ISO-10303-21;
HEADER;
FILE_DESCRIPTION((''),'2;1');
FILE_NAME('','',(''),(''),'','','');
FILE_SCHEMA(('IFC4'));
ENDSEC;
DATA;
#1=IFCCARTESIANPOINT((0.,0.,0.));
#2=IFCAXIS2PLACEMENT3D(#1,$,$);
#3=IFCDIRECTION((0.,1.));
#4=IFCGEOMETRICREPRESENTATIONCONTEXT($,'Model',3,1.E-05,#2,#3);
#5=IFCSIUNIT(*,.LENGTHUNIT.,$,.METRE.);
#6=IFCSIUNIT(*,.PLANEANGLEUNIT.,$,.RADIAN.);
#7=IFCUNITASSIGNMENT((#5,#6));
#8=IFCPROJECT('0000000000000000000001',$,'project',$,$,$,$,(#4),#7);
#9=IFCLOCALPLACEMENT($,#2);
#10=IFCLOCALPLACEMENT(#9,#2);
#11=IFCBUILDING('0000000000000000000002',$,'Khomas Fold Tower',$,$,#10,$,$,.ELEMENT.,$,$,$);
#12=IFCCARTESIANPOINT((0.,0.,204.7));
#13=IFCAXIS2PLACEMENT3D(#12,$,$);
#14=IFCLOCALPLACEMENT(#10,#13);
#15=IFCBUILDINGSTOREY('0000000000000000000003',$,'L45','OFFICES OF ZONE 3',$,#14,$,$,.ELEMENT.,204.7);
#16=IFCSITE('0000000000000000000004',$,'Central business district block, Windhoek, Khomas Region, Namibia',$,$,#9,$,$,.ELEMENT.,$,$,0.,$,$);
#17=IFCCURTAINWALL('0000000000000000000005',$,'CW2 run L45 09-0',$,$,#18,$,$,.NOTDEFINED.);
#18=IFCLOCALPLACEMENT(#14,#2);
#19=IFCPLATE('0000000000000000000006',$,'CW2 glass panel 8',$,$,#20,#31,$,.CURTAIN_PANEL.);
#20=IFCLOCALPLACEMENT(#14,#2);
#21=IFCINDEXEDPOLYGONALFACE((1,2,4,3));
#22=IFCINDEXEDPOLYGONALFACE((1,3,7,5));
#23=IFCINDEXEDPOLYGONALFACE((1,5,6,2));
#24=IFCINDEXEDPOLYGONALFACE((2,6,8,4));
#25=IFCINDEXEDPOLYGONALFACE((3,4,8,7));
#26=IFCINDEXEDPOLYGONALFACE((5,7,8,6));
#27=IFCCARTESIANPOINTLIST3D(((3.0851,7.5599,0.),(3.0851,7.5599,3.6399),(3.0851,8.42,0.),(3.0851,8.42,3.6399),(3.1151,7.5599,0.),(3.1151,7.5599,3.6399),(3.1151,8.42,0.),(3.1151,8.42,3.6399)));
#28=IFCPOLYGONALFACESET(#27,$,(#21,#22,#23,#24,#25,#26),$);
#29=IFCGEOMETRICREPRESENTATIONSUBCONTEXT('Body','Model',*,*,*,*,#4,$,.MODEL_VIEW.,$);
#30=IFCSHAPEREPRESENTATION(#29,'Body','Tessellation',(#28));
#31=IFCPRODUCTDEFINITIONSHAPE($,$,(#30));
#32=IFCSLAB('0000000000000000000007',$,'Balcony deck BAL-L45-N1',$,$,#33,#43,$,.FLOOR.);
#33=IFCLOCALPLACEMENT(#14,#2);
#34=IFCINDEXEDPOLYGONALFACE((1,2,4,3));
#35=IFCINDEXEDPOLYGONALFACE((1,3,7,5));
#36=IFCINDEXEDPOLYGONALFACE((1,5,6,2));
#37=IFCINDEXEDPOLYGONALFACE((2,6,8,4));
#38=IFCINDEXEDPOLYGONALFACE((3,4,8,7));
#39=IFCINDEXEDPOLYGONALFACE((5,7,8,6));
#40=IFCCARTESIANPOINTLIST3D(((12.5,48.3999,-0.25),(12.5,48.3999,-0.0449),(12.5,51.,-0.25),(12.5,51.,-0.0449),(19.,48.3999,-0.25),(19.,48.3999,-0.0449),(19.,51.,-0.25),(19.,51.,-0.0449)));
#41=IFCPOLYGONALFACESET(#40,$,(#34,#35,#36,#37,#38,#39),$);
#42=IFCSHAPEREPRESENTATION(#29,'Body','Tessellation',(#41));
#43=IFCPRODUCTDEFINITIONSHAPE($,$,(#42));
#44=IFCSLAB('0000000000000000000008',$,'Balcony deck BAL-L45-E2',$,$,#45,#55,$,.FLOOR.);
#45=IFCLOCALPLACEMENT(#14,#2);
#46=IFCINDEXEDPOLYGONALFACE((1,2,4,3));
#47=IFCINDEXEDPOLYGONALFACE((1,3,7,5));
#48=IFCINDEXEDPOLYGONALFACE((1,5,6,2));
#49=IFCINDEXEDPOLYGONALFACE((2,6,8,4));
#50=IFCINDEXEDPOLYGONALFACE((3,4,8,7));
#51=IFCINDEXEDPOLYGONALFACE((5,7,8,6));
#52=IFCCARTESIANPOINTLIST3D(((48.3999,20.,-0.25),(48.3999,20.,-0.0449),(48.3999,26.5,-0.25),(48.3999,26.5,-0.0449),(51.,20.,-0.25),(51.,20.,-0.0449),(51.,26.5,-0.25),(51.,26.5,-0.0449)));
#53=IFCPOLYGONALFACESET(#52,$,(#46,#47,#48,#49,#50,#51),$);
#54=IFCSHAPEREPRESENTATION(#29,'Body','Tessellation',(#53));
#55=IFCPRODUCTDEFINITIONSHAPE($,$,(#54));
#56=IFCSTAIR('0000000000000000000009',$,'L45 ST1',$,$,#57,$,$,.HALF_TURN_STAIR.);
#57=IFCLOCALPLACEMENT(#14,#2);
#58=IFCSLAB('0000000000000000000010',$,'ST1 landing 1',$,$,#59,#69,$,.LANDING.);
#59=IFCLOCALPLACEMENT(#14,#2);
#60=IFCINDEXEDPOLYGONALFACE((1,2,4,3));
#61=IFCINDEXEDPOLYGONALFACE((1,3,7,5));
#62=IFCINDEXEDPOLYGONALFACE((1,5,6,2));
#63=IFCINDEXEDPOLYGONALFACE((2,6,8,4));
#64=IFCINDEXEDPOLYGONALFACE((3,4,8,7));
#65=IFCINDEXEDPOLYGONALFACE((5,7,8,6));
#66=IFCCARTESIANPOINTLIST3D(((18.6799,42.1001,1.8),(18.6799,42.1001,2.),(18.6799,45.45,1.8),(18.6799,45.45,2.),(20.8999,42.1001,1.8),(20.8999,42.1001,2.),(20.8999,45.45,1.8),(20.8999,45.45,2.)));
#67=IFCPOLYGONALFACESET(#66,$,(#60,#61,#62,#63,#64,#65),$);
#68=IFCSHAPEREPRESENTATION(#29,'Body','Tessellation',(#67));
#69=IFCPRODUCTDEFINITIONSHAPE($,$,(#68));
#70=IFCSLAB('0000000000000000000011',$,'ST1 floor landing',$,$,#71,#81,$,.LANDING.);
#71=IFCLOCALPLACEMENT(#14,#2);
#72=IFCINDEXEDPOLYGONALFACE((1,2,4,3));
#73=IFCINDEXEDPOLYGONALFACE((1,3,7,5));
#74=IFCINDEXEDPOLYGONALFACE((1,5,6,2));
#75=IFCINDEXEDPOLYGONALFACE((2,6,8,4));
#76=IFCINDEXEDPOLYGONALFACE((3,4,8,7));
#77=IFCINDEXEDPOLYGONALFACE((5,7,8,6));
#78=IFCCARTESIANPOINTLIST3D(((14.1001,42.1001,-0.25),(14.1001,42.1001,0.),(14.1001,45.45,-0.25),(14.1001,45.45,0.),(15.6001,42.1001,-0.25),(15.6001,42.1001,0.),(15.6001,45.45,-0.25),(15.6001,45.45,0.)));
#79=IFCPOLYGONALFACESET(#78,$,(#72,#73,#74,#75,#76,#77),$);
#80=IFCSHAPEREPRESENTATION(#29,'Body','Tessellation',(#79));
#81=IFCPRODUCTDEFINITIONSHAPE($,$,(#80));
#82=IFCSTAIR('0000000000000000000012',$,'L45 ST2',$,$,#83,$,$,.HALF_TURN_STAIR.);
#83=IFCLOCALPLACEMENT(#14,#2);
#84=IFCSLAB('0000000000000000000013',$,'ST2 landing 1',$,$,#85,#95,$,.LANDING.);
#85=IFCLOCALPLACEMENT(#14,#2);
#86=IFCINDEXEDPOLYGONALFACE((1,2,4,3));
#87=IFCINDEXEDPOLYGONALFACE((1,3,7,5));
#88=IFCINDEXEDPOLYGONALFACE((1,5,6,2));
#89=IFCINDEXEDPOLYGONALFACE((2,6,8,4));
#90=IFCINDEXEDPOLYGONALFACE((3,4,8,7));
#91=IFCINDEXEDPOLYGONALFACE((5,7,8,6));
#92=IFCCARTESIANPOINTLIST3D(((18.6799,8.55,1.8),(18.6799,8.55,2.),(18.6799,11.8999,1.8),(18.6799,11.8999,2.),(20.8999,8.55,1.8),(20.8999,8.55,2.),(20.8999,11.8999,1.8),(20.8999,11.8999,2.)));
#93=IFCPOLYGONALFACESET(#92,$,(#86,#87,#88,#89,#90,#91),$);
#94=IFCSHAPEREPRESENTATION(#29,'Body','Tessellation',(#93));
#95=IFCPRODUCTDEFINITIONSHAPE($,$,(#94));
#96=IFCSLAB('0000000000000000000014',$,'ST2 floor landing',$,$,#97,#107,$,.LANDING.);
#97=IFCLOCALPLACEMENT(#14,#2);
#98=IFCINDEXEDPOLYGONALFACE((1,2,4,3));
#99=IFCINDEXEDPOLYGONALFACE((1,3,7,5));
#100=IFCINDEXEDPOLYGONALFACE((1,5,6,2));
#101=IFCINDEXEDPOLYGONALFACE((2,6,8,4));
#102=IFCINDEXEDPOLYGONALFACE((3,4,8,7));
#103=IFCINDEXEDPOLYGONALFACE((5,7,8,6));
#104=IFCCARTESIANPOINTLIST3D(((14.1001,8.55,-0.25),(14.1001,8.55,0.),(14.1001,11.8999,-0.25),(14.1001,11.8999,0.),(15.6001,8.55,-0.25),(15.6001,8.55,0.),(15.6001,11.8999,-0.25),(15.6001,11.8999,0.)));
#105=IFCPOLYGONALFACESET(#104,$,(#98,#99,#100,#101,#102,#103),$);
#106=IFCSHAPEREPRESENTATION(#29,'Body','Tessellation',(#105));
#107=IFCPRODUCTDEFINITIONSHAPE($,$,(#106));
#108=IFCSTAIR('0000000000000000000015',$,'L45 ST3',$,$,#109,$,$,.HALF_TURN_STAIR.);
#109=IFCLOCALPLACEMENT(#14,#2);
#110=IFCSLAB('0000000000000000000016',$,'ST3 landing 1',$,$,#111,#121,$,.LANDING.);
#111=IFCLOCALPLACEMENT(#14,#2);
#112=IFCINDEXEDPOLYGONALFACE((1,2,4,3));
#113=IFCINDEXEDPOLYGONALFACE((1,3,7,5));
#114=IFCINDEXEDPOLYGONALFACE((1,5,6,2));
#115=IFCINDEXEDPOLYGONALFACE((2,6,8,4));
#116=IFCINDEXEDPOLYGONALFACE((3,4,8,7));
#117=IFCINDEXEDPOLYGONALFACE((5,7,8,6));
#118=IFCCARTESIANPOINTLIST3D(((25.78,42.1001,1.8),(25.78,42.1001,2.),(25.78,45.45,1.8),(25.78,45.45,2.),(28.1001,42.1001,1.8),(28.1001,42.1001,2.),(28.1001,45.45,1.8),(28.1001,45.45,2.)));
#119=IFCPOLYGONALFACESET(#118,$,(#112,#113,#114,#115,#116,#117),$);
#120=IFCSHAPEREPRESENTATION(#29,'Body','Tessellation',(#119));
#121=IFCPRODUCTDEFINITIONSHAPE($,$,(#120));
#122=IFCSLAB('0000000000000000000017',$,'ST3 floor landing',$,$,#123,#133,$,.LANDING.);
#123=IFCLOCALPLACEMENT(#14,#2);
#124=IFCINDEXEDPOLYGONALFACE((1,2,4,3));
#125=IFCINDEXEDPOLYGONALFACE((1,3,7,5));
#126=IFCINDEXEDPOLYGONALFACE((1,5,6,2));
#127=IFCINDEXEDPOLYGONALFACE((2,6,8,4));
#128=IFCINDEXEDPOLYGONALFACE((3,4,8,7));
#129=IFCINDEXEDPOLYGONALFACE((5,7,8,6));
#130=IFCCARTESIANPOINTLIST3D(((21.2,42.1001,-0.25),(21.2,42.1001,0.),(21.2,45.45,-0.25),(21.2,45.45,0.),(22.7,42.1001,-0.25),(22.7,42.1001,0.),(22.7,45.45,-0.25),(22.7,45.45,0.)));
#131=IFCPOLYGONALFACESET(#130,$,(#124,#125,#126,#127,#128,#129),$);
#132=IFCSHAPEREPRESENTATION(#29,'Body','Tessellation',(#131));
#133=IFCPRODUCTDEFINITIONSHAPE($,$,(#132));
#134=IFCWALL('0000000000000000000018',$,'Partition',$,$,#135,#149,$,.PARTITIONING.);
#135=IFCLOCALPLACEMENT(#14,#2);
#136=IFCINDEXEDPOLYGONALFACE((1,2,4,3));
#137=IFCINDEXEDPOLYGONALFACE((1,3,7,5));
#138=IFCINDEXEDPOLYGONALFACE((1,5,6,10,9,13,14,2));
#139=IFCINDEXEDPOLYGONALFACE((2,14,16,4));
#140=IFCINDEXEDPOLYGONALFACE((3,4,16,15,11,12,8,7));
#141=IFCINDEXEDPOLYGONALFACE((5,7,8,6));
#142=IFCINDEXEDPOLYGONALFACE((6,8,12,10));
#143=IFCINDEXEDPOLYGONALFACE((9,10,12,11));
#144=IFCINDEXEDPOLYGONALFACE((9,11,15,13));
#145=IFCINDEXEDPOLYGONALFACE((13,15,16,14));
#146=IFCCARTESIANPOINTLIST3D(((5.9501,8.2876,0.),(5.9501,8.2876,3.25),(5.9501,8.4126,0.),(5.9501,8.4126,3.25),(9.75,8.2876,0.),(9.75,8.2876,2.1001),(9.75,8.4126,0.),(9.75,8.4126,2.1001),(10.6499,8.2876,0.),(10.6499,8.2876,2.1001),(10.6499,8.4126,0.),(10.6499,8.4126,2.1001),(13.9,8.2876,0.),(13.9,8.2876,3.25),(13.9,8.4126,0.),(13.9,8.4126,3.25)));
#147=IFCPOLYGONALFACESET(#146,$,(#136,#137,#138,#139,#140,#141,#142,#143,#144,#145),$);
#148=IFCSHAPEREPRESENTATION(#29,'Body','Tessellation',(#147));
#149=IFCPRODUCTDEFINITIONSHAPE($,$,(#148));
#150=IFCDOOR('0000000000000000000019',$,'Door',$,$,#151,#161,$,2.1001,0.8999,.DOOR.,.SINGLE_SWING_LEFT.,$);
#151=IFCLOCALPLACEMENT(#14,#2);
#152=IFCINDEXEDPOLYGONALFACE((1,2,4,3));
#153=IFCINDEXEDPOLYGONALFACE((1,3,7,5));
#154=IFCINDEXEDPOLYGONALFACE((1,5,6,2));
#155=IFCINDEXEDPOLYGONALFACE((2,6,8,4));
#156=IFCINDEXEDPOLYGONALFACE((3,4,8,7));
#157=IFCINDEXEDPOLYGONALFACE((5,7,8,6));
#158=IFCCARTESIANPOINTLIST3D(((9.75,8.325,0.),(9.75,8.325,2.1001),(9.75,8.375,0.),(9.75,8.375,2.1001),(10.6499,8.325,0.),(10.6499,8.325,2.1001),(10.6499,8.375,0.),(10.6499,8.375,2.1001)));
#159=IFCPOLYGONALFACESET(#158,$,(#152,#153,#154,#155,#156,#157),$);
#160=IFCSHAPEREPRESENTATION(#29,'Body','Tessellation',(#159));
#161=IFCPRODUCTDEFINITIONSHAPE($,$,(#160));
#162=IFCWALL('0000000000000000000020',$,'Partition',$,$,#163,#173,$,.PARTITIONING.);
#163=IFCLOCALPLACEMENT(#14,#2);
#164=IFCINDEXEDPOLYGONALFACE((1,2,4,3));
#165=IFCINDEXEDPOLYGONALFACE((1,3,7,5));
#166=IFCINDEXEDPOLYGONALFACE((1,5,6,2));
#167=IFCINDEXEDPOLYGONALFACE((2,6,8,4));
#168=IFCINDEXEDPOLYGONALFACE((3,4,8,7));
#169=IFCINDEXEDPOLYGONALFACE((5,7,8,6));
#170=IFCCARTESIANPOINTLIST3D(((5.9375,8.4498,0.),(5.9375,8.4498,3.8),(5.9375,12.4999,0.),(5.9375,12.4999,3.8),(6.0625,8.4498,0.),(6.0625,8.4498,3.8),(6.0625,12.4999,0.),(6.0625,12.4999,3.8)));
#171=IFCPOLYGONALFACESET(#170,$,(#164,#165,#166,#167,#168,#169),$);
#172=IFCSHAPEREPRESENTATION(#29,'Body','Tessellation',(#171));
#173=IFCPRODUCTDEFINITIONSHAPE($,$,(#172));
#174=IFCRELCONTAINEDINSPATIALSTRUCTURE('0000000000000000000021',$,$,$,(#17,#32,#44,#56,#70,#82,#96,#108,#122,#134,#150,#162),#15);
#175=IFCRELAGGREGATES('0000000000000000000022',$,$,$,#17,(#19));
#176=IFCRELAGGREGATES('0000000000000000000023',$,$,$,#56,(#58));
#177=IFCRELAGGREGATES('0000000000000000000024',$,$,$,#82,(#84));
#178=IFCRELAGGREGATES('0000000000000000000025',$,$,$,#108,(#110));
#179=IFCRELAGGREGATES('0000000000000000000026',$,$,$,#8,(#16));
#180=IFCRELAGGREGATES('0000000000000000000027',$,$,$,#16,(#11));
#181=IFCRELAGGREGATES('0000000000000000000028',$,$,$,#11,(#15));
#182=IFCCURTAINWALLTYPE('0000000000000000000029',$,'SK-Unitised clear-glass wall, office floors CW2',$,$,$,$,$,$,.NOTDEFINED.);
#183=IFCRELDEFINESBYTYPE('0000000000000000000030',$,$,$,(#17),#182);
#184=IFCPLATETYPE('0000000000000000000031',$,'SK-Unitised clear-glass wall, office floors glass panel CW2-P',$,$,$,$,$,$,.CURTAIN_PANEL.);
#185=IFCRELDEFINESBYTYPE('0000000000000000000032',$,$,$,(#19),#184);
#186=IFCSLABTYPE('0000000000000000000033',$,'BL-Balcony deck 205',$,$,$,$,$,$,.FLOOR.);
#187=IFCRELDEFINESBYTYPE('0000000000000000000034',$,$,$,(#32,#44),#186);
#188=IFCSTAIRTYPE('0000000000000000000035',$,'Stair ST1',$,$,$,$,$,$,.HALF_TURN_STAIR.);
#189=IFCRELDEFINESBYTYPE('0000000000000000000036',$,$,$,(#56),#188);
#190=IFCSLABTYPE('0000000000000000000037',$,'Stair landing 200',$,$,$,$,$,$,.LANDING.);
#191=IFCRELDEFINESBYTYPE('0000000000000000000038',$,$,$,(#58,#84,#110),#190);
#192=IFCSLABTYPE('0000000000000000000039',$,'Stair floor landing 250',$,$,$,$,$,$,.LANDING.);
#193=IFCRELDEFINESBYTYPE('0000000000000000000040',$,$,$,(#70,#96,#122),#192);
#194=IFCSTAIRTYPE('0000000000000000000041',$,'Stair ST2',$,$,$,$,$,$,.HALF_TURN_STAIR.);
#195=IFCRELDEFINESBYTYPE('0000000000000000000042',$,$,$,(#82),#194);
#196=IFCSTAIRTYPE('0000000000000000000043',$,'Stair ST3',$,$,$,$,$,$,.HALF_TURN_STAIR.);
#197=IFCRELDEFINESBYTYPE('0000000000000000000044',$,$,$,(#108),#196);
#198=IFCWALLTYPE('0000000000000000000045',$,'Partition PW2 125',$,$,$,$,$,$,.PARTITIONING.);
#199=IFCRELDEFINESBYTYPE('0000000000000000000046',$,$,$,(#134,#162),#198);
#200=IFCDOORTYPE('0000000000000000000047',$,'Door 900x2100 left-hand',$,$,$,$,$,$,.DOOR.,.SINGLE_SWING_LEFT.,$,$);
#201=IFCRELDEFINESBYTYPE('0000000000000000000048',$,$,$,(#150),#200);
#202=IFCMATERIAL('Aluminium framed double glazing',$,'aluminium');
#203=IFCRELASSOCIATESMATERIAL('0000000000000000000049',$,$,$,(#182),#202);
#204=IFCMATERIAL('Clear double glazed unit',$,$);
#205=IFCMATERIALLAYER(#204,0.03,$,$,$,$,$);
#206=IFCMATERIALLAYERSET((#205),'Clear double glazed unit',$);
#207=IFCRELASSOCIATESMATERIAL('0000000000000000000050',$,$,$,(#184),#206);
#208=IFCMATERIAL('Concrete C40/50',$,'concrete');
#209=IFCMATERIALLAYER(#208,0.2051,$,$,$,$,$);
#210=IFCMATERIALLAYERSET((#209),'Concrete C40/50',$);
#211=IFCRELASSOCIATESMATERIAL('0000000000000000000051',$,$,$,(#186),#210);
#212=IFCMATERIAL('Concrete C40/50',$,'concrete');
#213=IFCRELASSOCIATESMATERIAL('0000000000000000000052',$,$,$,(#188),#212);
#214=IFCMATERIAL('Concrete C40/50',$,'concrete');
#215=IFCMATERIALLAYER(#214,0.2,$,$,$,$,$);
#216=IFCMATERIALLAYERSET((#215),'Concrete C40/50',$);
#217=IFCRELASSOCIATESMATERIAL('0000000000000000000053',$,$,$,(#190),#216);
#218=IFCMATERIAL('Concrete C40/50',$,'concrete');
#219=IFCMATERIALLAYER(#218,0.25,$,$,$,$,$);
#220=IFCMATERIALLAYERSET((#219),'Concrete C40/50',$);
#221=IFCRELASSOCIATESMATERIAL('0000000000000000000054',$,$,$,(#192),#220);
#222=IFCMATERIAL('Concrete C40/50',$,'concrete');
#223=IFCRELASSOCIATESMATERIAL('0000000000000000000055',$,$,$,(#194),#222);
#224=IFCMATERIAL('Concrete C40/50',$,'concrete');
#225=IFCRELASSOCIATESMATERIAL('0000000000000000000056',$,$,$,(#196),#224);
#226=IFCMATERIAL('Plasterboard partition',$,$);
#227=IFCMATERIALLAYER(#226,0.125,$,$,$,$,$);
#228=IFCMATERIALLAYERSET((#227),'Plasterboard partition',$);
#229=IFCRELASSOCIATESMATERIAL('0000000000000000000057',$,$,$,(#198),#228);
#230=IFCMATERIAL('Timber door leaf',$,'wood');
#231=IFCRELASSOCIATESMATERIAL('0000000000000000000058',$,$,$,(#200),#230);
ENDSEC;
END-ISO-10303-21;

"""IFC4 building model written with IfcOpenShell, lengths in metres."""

from ifc_helpers import new_model, si_unit, direction, frame, frame_2d, origin, origin_2d, place, context, subcontext, project, spatial, polyline, rectangle, outline, extrude, source, transform, mapped, material, layer, layer_set, type_object, element, fill, aggregate, save


model = new_model("IFC4")

# Units and contexts
model_context = context("Model", 3, precision=1e-05, world=origin(), true_north=direction((0.0, 1.0)))
body_context = subcontext(model_context, "Body", "Model", "MODEL_VIEW")
ifc_project = project(units=[si_unit("LENGTHUNIT", "METRE"), si_unit("PLANEANGLEUNIT", "RADIAN")], contexts=[model_context])

# Site, building, storey
site_placement = place(None, origin())
site = spatial("IfcSite", under=ifc_project, at=site_placement, Name="Central business district block, Windhoek, Khomas Region, Namibia", CompositionType="ELEMENT", RefElevation=0.0)
building_placement = place(site_placement, origin())
building = spatial("IfcBuilding", under=site, at=building_placement, Name="Khomas Fold Tower", CompositionType="ELEMENT")
storey_placement = place(building_placement, frame((0.0, 0.0, 204.7)))
storey = spatial("IfcBuildingStorey", under=building, at=storey_placement, Name="L45", Description="OFFICES OF ZONE 3", CompositionType="ELEMENT", Elevation=204.7)

# Curtain wall
ifc_material_1 = material(Name="Aluminium framed double glazing", Category="aluminium")
curtain_wall_type = type_object("IfcCurtainWallType", Name="SK-Unitised clear-glass wall, office floors CW2", PredefinedType="NOTDEFINED", material=ifc_material_1)
curtain_wall_1_placement = place(storey_placement, origin())
curtain_wall_1 = element("IfcCurtainWall", 1, at=curtain_wall_1_placement, inside=storey, type_object=curtain_wall_type, Name="CW2 run L45 09-0", PredefinedType="NOTDEFINED")

# Plate
ifc_material_2 = material(Name="Clear double glazed unit")
ifc_layer_1 = layer(ifc_material_2, 0.03)
ifc_layer_set_1 = layer_set([ifc_layer_1], Name="Clear double glazed unit")
plate_type = type_object("IfcPlateType", Name="SK-Unitised clear-glass wall, office floors glass panel CW2-P", PredefinedType="CURTAIN_PANEL", material=ifc_layer_set_1)
shared_shape_1 = source(origin(), body_context, "Body", "SweptSolid", [
    extrude(rectangle(XDim=0.8601, YDim=0.03, at=origin_2d()), origin(), (0.0, 0.0, 1.0), 3.6399),
])
plate_1_placement = place(storey_placement, frame((3.1001, 7.99, 0.0), z_axis=(0.0, 0.0, 1.0), x_axis=(0.0, -1.0, 0.0)))
plate_1 = element("IfcPlate", 2, at=plate_1_placement, type_object=plate_type, Name="CW2 glass panel 8", PredefinedType="CURTAIN_PANEL", context=body_context, shape_type="MappedRepresentation", body=[
    mapped(shared_shape_1, transform((0.0, 0.0, 0.0))),
])
aggregate(curtain_wall_1, [plate_1])

# Slabs
ifc_material_3 = material(Name="Concrete C40/50", Category="concrete")
ifc_layer_2 = layer(ifc_material_3, 0.2051)
ifc_layer_set_2 = layer_set([ifc_layer_2], Name="Concrete C40/50")
slab_type_1 = type_object("IfcSlabType", Name="BL-Balcony deck 205", PredefinedType="FLOOR", material=ifc_layer_set_2)
shared_shape_2 = source(origin(), body_context, "Body", "SweptSolid", [
    extrude(outline(polyline([(12.5, 48.3999), (19.0, 48.3999), (19.0, 51.0), (12.5, 51.0), (12.5, 48.3999)])), origin(), (0.0, 0.0, 1.0), 0.2051),
])
slab_1_placement = place(storey_placement, frame((0.0, 0.0, -0.25)))
element("IfcSlab", 3, at=slab_1_placement, inside=storey, type_object=slab_type_1, Name="Balcony deck BAL-L45-N1", PredefinedType="FLOOR", context=body_context, shape_type="MappedRepresentation", body=[
    mapped(shared_shape_2, transform((0.0, 0.0, 0.0))),
])
shared_shape_3 = source(origin(), body_context, "Body", "SweptSolid", [
    extrude(outline(polyline([(48.3999, 20.0), (51.0, 20.0), (51.0, 26.5), (48.3999, 26.5), (48.3999, 20.0)])), origin(), (0.0, 0.0, 1.0), 0.2051),
])
slab_2_placement = place(storey_placement, frame((0.0, 0.0, -0.25)))
element("IfcSlab", 4, at=slab_2_placement, inside=storey, type_object=slab_type_1, Name="Balcony deck BAL-L45-E2", PredefinedType="FLOOR", context=body_context, shape_type="MappedRepresentation", body=[
    mapped(shared_shape_3, transform((0.0, 0.0, 0.0))),
])

# Stair, slab
ifc_material_4 = material(Name="Concrete C40/50", Category="concrete")
stair_type_1 = type_object("IfcStairType", Name="Stair ST1", PredefinedType="HALF_TURN_STAIR", material=ifc_material_4)
stair_1_placement = place(storey_placement, origin())
stair_1 = element("IfcStair", 5, at=stair_1_placement, inside=storey, type_object=stair_type_1, Name="L45 ST1", PredefinedType="HALF_TURN_STAIR")
ifc_material_5 = material(Name="Concrete C40/50", Category="concrete")
ifc_layer_3 = layer(ifc_material_5, 0.2)
ifc_layer_set_3 = layer_set([ifc_layer_3], Name="Concrete C40/50")
slab_type_2 = type_object("IfcSlabType", Name="Stair landing 200", PredefinedType="LANDING", material=ifc_layer_set_3)
shared_shape_4 = source(origin(), body_context, "Body", "SweptSolid", [
    extrude(outline(polyline([(18.6799, 42.1001), (20.8999, 42.1001), (20.8999, 45.45), (18.6799, 45.45), (18.6799, 42.1001)])), origin(), (0.0, 0.0, 1.0), 0.2),
])
slab_3_placement = place(storey_placement, frame((0.0, 0.0, 1.8)))
slab_3 = element("IfcSlab", 6, at=slab_3_placement, type_object=slab_type_2, Name="ST1 landing 1", PredefinedType="LANDING", context=body_context, shape_type="MappedRepresentation", body=[
    mapped(shared_shape_4, transform((0.0, 0.0, 0.0))),
])
aggregate(stair_1, [slab_3])

# Slab
ifc_material_6 = material(Name="Concrete C40/50", Category="concrete")
ifc_layer_4 = layer(ifc_material_6, 0.25)
ifc_layer_set_4 = layer_set([ifc_layer_4], Name="Concrete C40/50")
slab_type_3 = type_object("IfcSlabType", Name="Stair floor landing 250", PredefinedType="LANDING", material=ifc_layer_set_4)
shared_shape_5 = source(origin(), body_context, "Body", "SweptSolid", [
    extrude(outline(polyline([(15.6001, 42.1001), (14.1001, 42.1001), (14.1001, 45.45), (15.6001, 45.45), (15.6001, 42.1001)])), origin(), (0.0, 0.0, 1.0), 0.25),
])
slab_4_placement = place(storey_placement, frame((0.0, 0.0, -0.25)))
element("IfcSlab", 7, at=slab_4_placement, inside=storey, type_object=slab_type_3, Name="ST1 floor landing", PredefinedType="LANDING", context=body_context, shape_type="MappedRepresentation", body=[
    mapped(shared_shape_5, transform((0.0, 0.0, 0.0))),
])

# Stair, slab
ifc_material_7 = material(Name="Concrete C40/50", Category="concrete")
stair_type_2 = type_object("IfcStairType", Name="Stair ST2", PredefinedType="HALF_TURN_STAIR", material=ifc_material_7)
stair_2_placement = place(storey_placement, origin())
stair_2 = element("IfcStair", 8, at=stair_2_placement, inside=storey, type_object=stair_type_2, Name="L45 ST2", PredefinedType="HALF_TURN_STAIR")
shared_shape_6 = source(origin(), body_context, "Body", "SweptSolid", [
    extrude(outline(polyline([(18.6799, 8.55), (20.8999, 8.55), (20.8999, 11.8999), (18.6799, 11.8999), (18.6799, 8.55)])), origin(), (0.0, 0.0, 1.0), 0.2),
])
slab_5_placement = place(storey_placement, frame((0.0, 0.0, 1.8)))
slab_5 = element("IfcSlab", 9, at=slab_5_placement, type_object=slab_type_2, Name="ST2 landing 1", PredefinedType="LANDING", context=body_context, shape_type="MappedRepresentation", body=[
    mapped(shared_shape_6, transform((0.0, 0.0, 0.0))),
])
aggregate(stair_2, [slab_5])

# Slab
shared_shape_7 = source(origin(), body_context, "Body", "SweptSolid", [
    extrude(outline(polyline([(15.6001, 8.55), (14.1001, 8.55), (14.1001, 11.8999), (15.6001, 11.8999), (15.6001, 8.55)])), origin(), (0.0, 0.0, 1.0), 0.25),
])
slab_6_placement = place(storey_placement, frame((0.0, 0.0, -0.25)))
element("IfcSlab", 10, at=slab_6_placement, inside=storey, type_object=slab_type_3, Name="ST2 floor landing", PredefinedType="LANDING", context=body_context, shape_type="MappedRepresentation", body=[
    mapped(shared_shape_7, transform((0.0, 0.0, 0.0))),
])

# Stair, slab
ifc_material_8 = material(Name="Concrete C40/50", Category="concrete")
stair_type_3 = type_object("IfcStairType", Name="Stair ST3", PredefinedType="HALF_TURN_STAIR", material=ifc_material_8)
stair_3_placement = place(storey_placement, origin())
stair_3 = element("IfcStair", 11, at=stair_3_placement, inside=storey, type_object=stair_type_3, Name="L45 ST3", PredefinedType="HALF_TURN_STAIR")
shared_shape_8 = source(origin(), body_context, "Body", "SweptSolid", [
    extrude(outline(polyline([(25.78, 42.1001), (28.1001, 42.1001), (28.1001, 45.45), (25.78, 45.45), (25.78, 42.1001)])), origin(), (0.0, 0.0, 1.0), 0.2),
])
slab_7_placement = place(storey_placement, frame((0.0, 0.0, 1.8)))
slab_7 = element("IfcSlab", 12, at=slab_7_placement, type_object=slab_type_2, Name="ST3 landing 1", PredefinedType="LANDING", context=body_context, shape_type="MappedRepresentation", body=[
    mapped(shared_shape_8, transform((0.0, 0.0, 0.0))),
])
aggregate(stair_3, [slab_7])

# Slab
shared_shape_9 = source(origin(), body_context, "Body", "SweptSolid", [
    extrude(outline(polyline([(22.7, 42.1001), (21.2, 42.1001), (21.2, 45.45), (22.7, 45.45), (22.7, 42.1001)])), origin(), (0.0, 0.0, 1.0), 0.25),
])
slab_8_placement = place(storey_placement, frame((0.0, 0.0, -0.25)))
element("IfcSlab", 13, at=slab_8_placement, inside=storey, type_object=slab_type_3, Name="ST3 floor landing", PredefinedType="LANDING", context=body_context, shape_type="MappedRepresentation", body=[
    mapped(shared_shape_9, transform((0.0, 0.0, 0.0))),
])

# Wall, opening, door
ifc_material_9 = material(Name="Plasterboard partition")
ifc_layer_5 = layer(ifc_material_9, 0.125)
ifc_layer_set_5 = layer_set([ifc_layer_5], Name="Plasterboard partition")
wall_type = type_object("IfcWallType", Name="Partition PW2 125", PredefinedType="PARTITIONING", material=ifc_layer_set_5)
shared_shape_10 = source(origin(), body_context, "Body", "SweptSolid", [
    extrude(rectangle(XDim=7.95, YDim=0.125, at=frame_2d((3.9751, 0.0))), origin(), (0.0, 0.0, 1.0), 3.25),
])
wall_1_placement = place(storey_placement, frame((5.95, 8.3501, 0.0), z_axis=(0.0, 0.0, 1.0), x_axis=(1.0, 0.0, 0.0)))
wall_1 = element("IfcWall", 14, at=wall_1_placement, inside=storey, type_object=wall_type, Name="Partition", PredefinedType="PARTITIONING", context=body_context, shape_type="MappedRepresentation", body=[
    mapped(shared_shape_10, transform((0.0, 0.0, 0.0))),
])
shared_shape_11 = source(origin(), body_context, "Body", "SweptSolid", [
    extrude(rectangle(XDim=0.8999, YDim=2.1001, at=frame_2d((0.45, 1.05))), frame((0.0, 0.0725, 0.0), z_axis=(0.0, -1.0, 0.0), x_axis=(1.0, 0.0, 0.0)), (0.0, 0.0, 1.0), 0.145),
])
opening_placement = place(wall_1_placement, frame((3.8, 0.0, 0.0)))
opening = element("IfcOpeningElement", 15, at=opening_placement, cuts=wall_1, PredefinedType="OPENING", context=body_context, shape_type="MappedRepresentation", body=[
    mapped(shared_shape_11, transform((0.0, 0.0, 0.0))),
])
ifc_material_10 = material(Name="Timber door leaf", Category="wood")
door_type = type_object("IfcDoorType", Name="Door 900x2100 left-hand", OperationType="SINGLE_SWING_LEFT", PredefinedType="DOOR", material=ifc_material_10)
shared_shape_12 = source(origin(), body_context, "Body", "SweptSolid", [
    extrude(rectangle(XDim=0.8999, YDim=2.1001, at=frame_2d((0.45, 1.05))), frame((0.0, 0.0249, 0.0), z_axis=(0.0, -1.0, 0.0), x_axis=(1.0, 0.0, 0.0)), (0.0, 0.0, 1.0), 0.05),
])
door_placement = place(opening_placement, origin())
door = element("IfcDoor", 16, at=door_placement, inside=storey, type_object=door_type, Name="Door", OperationType="SINGLE_SWING_LEFT", OverallHeight=2.1001, OverallWidth=0.8999, PredefinedType="DOOR", context=body_context, shape_type="MappedRepresentation", body=[
    mapped(shared_shape_12, transform((0.0, 0.0, 0.0))),
])
fill(opening, door)

# Wall
shared_shape_13 = source(origin(), body_context, "Body", "SweptSolid", [
    extrude(rectangle(XDim=4.05, YDim=0.125, at=frame_2d((2.0249, 0.0))), origin(), (0.0, 0.0, 1.0), 3.8),
])
wall_2_placement = place(storey_placement, frame((6.0, 8.45, 0.0), z_axis=(0.0, 0.0, 1.0), x_axis=(0.0, 1.0, 0.0)))
element("IfcWall", 17, at=wall_2_placement, inside=storey, type_object=wall_type, Name="Partition", PredefinedType="PARTITIONING", context=body_context, shape_type="MappedRepresentation", body=[
    mapped(shared_shape_13, transform((0.0, 0.0, 0.0))),
])

save(model, "model.ifc")
